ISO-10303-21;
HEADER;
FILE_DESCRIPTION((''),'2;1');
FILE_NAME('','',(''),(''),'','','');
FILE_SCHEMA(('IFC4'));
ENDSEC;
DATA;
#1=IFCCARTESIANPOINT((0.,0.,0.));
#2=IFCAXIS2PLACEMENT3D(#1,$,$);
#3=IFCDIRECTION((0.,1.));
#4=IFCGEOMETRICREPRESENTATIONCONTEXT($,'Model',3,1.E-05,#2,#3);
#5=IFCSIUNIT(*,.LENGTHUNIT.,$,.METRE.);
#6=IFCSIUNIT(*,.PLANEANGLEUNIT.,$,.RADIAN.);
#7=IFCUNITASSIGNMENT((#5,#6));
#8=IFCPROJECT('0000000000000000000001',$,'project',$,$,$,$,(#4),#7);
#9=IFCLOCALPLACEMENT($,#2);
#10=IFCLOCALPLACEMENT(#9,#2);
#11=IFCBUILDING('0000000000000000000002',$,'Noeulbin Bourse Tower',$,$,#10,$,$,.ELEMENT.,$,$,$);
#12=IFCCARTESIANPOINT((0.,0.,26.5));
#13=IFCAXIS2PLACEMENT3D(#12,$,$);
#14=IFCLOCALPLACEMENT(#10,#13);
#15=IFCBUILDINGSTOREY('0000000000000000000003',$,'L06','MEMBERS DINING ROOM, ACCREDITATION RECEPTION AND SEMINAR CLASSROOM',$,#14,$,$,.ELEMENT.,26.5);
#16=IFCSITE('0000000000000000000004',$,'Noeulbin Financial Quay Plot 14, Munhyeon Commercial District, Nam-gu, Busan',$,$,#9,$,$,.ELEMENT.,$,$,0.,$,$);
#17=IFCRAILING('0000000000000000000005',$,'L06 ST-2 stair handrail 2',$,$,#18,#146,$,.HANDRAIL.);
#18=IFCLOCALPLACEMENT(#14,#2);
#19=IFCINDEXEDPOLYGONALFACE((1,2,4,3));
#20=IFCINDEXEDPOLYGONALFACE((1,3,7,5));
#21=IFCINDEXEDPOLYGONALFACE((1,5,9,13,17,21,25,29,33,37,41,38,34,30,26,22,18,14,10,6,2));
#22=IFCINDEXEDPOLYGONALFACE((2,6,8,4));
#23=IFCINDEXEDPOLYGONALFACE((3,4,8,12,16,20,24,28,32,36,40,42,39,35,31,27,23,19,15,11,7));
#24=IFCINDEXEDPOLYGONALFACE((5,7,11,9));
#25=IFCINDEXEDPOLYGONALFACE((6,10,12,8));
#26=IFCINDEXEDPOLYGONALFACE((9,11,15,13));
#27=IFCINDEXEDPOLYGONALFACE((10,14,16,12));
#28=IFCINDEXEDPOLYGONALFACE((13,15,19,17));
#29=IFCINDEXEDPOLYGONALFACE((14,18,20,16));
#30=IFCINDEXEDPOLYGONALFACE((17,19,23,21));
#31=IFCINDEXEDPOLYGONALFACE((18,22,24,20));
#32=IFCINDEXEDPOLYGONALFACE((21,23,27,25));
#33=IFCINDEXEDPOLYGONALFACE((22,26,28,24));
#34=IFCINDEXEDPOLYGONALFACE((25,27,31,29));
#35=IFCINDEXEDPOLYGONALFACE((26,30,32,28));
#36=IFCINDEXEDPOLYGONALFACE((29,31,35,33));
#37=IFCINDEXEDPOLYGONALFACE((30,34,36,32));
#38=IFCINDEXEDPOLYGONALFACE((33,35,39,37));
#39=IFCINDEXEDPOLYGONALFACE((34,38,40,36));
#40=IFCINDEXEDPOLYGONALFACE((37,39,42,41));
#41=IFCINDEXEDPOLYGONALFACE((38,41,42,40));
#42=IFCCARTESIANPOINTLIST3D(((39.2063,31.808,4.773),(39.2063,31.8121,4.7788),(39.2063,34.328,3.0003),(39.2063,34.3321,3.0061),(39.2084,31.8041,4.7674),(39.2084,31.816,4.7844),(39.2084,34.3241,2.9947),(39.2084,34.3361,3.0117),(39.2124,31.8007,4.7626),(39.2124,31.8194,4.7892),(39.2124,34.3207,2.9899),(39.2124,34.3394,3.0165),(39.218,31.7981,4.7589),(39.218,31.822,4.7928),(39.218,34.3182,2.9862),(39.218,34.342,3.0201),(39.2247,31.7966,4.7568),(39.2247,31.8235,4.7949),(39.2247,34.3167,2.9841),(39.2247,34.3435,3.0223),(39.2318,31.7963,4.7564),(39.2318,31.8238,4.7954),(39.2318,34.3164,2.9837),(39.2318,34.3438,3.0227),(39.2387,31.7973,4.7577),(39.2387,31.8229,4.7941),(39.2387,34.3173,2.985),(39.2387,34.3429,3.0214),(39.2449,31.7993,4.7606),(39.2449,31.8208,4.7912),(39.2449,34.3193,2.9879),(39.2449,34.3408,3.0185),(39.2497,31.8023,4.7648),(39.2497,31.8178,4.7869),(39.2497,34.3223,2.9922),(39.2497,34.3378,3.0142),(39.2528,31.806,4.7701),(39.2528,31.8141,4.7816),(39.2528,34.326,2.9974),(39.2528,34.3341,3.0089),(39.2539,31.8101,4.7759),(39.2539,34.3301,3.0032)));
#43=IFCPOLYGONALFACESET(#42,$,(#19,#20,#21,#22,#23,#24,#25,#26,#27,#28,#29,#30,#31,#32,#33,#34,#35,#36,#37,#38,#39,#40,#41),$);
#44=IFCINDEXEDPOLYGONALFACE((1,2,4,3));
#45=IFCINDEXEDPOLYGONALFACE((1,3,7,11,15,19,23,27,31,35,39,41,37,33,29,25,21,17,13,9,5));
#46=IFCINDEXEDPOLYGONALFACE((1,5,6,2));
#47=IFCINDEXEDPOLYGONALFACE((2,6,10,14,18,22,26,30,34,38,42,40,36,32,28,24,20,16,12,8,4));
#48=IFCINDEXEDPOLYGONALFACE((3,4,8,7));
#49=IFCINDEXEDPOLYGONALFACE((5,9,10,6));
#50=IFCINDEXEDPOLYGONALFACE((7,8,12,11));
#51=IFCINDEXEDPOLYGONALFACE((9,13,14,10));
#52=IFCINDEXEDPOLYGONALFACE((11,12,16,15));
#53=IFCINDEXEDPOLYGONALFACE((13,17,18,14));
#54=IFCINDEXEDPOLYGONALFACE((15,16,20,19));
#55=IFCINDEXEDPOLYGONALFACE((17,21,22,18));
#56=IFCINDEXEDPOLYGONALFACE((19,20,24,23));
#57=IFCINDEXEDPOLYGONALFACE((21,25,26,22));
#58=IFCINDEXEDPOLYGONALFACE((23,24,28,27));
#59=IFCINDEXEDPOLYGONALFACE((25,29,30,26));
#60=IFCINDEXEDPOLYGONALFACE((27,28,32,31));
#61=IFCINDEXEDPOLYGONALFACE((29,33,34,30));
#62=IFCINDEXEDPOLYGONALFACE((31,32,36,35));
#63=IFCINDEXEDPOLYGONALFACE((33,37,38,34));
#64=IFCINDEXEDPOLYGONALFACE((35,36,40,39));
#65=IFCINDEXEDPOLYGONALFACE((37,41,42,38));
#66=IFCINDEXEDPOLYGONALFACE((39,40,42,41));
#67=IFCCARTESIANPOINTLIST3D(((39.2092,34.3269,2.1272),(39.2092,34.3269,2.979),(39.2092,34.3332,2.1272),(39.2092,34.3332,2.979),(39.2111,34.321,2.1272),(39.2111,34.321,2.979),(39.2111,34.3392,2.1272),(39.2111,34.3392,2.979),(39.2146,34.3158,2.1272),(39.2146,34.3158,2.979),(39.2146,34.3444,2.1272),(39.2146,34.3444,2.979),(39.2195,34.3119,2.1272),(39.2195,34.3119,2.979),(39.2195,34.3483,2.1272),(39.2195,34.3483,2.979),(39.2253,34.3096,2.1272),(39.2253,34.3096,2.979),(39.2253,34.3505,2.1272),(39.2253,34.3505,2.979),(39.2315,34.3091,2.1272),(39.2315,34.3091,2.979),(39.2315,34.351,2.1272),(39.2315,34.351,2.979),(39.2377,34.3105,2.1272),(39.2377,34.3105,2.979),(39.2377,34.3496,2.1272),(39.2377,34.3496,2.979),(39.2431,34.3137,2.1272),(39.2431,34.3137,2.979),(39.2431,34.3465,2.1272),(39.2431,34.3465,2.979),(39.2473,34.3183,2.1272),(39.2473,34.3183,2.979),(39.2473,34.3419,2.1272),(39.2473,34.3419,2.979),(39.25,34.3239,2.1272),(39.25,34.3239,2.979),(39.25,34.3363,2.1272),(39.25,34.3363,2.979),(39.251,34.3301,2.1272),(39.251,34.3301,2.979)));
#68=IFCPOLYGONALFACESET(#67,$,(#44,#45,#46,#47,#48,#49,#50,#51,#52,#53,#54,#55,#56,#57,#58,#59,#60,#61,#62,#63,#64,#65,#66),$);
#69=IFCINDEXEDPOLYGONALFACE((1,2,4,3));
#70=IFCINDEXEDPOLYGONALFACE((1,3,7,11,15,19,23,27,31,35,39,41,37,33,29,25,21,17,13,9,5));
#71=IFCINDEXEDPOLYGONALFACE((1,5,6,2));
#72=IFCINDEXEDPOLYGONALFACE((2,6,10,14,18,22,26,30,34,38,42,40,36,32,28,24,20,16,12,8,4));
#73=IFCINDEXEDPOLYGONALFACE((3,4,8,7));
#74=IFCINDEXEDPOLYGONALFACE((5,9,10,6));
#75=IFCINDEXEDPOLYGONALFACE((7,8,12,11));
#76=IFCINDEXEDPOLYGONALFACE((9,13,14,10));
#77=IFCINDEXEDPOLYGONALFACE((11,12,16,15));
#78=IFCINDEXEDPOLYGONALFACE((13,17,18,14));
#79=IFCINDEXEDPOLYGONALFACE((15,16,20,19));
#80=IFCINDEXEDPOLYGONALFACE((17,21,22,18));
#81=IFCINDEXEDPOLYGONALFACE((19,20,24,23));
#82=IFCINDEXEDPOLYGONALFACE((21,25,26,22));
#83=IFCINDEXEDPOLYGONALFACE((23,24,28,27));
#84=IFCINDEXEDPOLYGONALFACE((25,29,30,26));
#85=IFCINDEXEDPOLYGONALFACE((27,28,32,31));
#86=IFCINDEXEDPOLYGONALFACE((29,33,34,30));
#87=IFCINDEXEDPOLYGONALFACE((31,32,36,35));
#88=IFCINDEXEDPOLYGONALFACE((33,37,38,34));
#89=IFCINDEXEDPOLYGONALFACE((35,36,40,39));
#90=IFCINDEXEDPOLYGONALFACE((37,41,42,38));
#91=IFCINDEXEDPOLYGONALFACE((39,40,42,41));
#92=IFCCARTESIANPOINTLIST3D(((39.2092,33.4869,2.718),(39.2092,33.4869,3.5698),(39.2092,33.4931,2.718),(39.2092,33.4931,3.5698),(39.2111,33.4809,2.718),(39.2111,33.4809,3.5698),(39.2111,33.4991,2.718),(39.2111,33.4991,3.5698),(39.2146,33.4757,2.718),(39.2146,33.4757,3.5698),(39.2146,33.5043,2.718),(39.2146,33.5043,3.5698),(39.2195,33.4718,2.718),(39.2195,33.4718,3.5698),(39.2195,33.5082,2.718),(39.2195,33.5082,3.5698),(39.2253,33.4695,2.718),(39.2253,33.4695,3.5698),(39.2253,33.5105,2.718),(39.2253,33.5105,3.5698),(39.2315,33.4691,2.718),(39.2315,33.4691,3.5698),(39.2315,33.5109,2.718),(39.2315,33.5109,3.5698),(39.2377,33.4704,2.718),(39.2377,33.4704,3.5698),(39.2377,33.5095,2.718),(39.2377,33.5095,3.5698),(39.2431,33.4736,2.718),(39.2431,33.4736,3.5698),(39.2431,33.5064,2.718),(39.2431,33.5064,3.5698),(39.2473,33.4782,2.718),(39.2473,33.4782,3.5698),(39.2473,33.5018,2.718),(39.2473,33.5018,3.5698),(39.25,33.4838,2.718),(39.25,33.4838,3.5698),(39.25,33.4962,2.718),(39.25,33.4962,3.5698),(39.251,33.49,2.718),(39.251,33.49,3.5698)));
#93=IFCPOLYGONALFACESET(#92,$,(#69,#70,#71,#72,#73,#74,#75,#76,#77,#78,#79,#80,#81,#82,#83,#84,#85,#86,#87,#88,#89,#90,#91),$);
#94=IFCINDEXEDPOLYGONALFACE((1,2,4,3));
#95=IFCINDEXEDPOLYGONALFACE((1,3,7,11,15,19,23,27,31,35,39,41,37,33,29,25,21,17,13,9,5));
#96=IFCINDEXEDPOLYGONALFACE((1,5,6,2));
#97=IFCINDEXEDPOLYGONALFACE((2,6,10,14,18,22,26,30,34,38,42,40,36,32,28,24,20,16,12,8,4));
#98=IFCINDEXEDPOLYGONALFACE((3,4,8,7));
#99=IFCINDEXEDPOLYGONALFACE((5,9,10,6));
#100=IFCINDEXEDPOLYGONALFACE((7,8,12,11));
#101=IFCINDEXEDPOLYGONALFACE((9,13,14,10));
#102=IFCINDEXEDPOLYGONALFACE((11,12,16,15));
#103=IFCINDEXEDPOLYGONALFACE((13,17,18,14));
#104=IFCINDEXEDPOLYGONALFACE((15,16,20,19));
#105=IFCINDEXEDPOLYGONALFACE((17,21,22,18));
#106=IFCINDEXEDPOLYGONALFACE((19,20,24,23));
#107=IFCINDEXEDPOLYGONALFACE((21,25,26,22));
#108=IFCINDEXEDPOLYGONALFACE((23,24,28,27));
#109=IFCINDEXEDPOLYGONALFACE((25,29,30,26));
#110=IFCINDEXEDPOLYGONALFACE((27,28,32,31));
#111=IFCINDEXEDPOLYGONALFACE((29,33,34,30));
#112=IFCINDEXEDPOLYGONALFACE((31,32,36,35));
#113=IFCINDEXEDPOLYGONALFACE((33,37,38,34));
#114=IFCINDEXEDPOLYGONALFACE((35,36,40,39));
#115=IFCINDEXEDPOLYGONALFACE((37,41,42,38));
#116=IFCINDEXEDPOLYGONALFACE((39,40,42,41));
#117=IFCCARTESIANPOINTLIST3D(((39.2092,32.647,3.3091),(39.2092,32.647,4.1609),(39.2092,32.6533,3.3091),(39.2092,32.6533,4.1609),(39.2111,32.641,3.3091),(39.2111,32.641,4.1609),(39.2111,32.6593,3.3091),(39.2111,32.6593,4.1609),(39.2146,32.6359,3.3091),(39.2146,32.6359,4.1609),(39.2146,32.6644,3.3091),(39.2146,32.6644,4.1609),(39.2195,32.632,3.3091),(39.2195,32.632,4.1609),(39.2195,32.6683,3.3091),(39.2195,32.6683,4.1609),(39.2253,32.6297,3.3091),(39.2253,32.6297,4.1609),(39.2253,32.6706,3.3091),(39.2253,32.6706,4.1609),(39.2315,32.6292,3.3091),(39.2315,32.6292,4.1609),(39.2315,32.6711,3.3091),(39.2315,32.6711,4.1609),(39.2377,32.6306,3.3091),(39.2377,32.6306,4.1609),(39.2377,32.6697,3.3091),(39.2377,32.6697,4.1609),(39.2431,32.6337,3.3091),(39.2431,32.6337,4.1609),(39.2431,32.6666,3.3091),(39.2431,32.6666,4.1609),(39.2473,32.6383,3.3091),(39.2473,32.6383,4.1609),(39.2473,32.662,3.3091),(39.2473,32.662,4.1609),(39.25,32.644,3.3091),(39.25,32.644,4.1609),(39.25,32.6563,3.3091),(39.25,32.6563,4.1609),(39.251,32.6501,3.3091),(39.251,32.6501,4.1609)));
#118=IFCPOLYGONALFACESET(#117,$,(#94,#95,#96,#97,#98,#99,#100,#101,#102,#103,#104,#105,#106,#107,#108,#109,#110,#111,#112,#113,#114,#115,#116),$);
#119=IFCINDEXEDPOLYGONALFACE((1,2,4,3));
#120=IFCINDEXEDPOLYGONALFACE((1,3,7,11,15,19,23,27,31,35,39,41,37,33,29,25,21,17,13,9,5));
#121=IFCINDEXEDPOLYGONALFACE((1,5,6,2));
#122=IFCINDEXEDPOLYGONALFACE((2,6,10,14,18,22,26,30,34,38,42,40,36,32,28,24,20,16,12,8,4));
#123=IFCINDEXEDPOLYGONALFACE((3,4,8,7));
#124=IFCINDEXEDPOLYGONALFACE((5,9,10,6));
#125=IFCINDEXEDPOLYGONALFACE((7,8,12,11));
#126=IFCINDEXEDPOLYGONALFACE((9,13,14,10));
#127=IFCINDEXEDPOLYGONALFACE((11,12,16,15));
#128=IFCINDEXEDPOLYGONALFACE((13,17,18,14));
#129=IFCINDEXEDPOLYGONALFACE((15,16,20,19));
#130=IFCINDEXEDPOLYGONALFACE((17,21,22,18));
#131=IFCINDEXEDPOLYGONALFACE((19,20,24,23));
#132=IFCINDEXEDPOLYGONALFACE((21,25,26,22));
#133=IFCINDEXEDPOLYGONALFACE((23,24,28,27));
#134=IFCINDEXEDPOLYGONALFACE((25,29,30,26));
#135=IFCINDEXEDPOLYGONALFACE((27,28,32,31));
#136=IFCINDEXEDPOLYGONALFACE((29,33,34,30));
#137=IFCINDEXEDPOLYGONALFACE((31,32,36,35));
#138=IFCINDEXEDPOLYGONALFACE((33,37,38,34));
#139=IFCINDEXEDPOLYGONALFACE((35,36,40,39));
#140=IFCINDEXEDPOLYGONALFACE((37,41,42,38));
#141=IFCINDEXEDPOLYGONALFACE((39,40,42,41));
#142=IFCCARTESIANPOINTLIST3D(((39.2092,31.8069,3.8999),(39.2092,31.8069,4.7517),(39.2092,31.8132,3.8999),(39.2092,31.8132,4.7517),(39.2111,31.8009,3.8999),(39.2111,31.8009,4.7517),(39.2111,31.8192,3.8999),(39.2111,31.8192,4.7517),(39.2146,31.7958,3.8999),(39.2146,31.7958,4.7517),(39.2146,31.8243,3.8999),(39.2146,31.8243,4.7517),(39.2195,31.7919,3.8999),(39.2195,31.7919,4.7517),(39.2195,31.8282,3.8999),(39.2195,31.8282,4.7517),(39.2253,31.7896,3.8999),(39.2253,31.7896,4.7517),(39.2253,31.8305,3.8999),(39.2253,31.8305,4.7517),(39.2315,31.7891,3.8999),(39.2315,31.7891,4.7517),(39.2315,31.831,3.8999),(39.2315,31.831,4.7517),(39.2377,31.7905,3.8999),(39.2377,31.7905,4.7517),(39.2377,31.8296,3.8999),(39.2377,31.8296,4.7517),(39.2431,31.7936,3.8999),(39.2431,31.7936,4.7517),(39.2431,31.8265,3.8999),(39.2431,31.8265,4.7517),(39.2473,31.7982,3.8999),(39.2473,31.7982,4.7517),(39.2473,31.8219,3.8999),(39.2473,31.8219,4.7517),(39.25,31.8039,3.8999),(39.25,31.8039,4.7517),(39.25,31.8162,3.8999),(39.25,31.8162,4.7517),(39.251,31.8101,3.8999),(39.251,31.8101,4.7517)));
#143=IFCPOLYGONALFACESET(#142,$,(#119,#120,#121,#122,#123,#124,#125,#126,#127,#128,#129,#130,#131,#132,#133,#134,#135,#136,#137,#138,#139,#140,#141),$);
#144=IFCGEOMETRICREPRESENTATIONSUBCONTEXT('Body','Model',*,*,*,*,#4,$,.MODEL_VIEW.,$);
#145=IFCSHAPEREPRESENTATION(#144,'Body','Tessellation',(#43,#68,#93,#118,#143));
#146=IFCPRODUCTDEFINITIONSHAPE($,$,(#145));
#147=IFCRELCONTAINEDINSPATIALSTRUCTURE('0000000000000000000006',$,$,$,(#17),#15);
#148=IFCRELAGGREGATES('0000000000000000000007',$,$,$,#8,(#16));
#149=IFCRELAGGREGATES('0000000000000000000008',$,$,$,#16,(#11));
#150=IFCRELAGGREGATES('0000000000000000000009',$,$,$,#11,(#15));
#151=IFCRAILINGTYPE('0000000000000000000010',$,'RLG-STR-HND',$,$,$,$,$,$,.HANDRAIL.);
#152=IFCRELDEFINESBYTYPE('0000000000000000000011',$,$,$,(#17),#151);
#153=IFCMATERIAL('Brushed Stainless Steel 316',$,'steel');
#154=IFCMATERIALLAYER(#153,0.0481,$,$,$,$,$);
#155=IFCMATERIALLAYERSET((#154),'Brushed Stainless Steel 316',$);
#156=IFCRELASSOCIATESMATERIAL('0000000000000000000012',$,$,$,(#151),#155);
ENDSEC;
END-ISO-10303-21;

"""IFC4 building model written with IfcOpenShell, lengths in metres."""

from ifc_helpers import new_model, si_unit, direction, frame, origin, origin_2d, place, context, subcontext, project, spatial, circle, extrude, material, layer, layer_set, type_object, element, save


model = new_model("IFC4")

# Units and contexts
model_context = context("Model", 3, precision=1e-05, world=origin(), true_north=direction((0.0, 1.0)))
body_context = subcontext(model_context, "Body", "Model", "MODEL_VIEW")
ifc_project = project(units=[si_unit("LENGTHUNIT", "METRE"), si_unit("PLANEANGLEUNIT", "RADIAN")], contexts=[model_context])

# Site, building, storey
site_placement = place(None, origin())
site = spatial("IfcSite", under=ifc_project, at=site_placement, Name="Noeulbin Financial Quay Plot 14, Munhyeon Commercial District, Nam-gu, Busan", CompositionType="ELEMENT", RefElevation=0.0)
building_placement = place(site_placement, origin())
building = spatial("IfcBuilding", under=site, at=building_placement, Name="Noeulbin Bourse Tower", CompositionType="ELEMENT")
storey_placement = place(building_placement, frame((0.0, 0.0, 26.5)))
storey = spatial("IfcBuildingStorey", under=building, at=storey_placement, Name="L06", Description="MEMBERS DINING ROOM, ACCREDITATION RECEPTION AND SEMINAR CLASSROOM", CompositionType="ELEMENT", Elevation=26.5)

# Shared definitions
ifc_material_1 = material(Name="Brushed Stainless Steel 316", Category="steel")

# Railing
ifc_layer_1 = layer(ifc_material_1, 0.0481)
ifc_layer_set_1 = layer_set([ifc_layer_1], Name="Brushed Stainless Steel 316")
railing_type_1 = type_object("IfcRailingType", Name="RLG-STR-HND", PredefinedType="HANDRAIL", material=ifc_layer_set_1)
railing_1_placement = place(storey_placement, frame((39.23, 34.3301, 2.1272)))
element("IfcRailing", 1, at=railing_1_placement, inside=storey, type_object=railing_type_1, Name="L06 ST-2 stair handrail 2", PredefinedType="HANDRAIL", context=body_context, shape_type="SweptSolid", body=[
    extrude(circle(Radius=0.0239, at=origin_2d()), frame((0.0, 0.0, 0.876), z_axis=(0.0, -0.817904, 0.575354), x_axis=(1.0, 0.0, 0.0)), (0.0, 0.0, 1.0), 3.0811),
    extrude(circle(Radius=0.021, at=origin_2d()), origin(), (0.0, 0.0, 1.0), 0.8518),
    extrude(circle(Radius=0.021, at=origin_2d()), frame((0.0, -0.8401, 0.5908)), (0.0, 0.0, 1.0), 0.8518),
    extrude(circle(Radius=0.021, at=origin_2d()), frame((0.0, -1.6799, 1.1819)), (0.0, 0.0, 1.0), 0.8518),
    extrude(circle(Radius=0.021, at=origin_2d()), frame((0.0, -2.52, 1.7727)), (0.0, 0.0, 1.0), 0.8518),
])

save(model, "model.ifc")
